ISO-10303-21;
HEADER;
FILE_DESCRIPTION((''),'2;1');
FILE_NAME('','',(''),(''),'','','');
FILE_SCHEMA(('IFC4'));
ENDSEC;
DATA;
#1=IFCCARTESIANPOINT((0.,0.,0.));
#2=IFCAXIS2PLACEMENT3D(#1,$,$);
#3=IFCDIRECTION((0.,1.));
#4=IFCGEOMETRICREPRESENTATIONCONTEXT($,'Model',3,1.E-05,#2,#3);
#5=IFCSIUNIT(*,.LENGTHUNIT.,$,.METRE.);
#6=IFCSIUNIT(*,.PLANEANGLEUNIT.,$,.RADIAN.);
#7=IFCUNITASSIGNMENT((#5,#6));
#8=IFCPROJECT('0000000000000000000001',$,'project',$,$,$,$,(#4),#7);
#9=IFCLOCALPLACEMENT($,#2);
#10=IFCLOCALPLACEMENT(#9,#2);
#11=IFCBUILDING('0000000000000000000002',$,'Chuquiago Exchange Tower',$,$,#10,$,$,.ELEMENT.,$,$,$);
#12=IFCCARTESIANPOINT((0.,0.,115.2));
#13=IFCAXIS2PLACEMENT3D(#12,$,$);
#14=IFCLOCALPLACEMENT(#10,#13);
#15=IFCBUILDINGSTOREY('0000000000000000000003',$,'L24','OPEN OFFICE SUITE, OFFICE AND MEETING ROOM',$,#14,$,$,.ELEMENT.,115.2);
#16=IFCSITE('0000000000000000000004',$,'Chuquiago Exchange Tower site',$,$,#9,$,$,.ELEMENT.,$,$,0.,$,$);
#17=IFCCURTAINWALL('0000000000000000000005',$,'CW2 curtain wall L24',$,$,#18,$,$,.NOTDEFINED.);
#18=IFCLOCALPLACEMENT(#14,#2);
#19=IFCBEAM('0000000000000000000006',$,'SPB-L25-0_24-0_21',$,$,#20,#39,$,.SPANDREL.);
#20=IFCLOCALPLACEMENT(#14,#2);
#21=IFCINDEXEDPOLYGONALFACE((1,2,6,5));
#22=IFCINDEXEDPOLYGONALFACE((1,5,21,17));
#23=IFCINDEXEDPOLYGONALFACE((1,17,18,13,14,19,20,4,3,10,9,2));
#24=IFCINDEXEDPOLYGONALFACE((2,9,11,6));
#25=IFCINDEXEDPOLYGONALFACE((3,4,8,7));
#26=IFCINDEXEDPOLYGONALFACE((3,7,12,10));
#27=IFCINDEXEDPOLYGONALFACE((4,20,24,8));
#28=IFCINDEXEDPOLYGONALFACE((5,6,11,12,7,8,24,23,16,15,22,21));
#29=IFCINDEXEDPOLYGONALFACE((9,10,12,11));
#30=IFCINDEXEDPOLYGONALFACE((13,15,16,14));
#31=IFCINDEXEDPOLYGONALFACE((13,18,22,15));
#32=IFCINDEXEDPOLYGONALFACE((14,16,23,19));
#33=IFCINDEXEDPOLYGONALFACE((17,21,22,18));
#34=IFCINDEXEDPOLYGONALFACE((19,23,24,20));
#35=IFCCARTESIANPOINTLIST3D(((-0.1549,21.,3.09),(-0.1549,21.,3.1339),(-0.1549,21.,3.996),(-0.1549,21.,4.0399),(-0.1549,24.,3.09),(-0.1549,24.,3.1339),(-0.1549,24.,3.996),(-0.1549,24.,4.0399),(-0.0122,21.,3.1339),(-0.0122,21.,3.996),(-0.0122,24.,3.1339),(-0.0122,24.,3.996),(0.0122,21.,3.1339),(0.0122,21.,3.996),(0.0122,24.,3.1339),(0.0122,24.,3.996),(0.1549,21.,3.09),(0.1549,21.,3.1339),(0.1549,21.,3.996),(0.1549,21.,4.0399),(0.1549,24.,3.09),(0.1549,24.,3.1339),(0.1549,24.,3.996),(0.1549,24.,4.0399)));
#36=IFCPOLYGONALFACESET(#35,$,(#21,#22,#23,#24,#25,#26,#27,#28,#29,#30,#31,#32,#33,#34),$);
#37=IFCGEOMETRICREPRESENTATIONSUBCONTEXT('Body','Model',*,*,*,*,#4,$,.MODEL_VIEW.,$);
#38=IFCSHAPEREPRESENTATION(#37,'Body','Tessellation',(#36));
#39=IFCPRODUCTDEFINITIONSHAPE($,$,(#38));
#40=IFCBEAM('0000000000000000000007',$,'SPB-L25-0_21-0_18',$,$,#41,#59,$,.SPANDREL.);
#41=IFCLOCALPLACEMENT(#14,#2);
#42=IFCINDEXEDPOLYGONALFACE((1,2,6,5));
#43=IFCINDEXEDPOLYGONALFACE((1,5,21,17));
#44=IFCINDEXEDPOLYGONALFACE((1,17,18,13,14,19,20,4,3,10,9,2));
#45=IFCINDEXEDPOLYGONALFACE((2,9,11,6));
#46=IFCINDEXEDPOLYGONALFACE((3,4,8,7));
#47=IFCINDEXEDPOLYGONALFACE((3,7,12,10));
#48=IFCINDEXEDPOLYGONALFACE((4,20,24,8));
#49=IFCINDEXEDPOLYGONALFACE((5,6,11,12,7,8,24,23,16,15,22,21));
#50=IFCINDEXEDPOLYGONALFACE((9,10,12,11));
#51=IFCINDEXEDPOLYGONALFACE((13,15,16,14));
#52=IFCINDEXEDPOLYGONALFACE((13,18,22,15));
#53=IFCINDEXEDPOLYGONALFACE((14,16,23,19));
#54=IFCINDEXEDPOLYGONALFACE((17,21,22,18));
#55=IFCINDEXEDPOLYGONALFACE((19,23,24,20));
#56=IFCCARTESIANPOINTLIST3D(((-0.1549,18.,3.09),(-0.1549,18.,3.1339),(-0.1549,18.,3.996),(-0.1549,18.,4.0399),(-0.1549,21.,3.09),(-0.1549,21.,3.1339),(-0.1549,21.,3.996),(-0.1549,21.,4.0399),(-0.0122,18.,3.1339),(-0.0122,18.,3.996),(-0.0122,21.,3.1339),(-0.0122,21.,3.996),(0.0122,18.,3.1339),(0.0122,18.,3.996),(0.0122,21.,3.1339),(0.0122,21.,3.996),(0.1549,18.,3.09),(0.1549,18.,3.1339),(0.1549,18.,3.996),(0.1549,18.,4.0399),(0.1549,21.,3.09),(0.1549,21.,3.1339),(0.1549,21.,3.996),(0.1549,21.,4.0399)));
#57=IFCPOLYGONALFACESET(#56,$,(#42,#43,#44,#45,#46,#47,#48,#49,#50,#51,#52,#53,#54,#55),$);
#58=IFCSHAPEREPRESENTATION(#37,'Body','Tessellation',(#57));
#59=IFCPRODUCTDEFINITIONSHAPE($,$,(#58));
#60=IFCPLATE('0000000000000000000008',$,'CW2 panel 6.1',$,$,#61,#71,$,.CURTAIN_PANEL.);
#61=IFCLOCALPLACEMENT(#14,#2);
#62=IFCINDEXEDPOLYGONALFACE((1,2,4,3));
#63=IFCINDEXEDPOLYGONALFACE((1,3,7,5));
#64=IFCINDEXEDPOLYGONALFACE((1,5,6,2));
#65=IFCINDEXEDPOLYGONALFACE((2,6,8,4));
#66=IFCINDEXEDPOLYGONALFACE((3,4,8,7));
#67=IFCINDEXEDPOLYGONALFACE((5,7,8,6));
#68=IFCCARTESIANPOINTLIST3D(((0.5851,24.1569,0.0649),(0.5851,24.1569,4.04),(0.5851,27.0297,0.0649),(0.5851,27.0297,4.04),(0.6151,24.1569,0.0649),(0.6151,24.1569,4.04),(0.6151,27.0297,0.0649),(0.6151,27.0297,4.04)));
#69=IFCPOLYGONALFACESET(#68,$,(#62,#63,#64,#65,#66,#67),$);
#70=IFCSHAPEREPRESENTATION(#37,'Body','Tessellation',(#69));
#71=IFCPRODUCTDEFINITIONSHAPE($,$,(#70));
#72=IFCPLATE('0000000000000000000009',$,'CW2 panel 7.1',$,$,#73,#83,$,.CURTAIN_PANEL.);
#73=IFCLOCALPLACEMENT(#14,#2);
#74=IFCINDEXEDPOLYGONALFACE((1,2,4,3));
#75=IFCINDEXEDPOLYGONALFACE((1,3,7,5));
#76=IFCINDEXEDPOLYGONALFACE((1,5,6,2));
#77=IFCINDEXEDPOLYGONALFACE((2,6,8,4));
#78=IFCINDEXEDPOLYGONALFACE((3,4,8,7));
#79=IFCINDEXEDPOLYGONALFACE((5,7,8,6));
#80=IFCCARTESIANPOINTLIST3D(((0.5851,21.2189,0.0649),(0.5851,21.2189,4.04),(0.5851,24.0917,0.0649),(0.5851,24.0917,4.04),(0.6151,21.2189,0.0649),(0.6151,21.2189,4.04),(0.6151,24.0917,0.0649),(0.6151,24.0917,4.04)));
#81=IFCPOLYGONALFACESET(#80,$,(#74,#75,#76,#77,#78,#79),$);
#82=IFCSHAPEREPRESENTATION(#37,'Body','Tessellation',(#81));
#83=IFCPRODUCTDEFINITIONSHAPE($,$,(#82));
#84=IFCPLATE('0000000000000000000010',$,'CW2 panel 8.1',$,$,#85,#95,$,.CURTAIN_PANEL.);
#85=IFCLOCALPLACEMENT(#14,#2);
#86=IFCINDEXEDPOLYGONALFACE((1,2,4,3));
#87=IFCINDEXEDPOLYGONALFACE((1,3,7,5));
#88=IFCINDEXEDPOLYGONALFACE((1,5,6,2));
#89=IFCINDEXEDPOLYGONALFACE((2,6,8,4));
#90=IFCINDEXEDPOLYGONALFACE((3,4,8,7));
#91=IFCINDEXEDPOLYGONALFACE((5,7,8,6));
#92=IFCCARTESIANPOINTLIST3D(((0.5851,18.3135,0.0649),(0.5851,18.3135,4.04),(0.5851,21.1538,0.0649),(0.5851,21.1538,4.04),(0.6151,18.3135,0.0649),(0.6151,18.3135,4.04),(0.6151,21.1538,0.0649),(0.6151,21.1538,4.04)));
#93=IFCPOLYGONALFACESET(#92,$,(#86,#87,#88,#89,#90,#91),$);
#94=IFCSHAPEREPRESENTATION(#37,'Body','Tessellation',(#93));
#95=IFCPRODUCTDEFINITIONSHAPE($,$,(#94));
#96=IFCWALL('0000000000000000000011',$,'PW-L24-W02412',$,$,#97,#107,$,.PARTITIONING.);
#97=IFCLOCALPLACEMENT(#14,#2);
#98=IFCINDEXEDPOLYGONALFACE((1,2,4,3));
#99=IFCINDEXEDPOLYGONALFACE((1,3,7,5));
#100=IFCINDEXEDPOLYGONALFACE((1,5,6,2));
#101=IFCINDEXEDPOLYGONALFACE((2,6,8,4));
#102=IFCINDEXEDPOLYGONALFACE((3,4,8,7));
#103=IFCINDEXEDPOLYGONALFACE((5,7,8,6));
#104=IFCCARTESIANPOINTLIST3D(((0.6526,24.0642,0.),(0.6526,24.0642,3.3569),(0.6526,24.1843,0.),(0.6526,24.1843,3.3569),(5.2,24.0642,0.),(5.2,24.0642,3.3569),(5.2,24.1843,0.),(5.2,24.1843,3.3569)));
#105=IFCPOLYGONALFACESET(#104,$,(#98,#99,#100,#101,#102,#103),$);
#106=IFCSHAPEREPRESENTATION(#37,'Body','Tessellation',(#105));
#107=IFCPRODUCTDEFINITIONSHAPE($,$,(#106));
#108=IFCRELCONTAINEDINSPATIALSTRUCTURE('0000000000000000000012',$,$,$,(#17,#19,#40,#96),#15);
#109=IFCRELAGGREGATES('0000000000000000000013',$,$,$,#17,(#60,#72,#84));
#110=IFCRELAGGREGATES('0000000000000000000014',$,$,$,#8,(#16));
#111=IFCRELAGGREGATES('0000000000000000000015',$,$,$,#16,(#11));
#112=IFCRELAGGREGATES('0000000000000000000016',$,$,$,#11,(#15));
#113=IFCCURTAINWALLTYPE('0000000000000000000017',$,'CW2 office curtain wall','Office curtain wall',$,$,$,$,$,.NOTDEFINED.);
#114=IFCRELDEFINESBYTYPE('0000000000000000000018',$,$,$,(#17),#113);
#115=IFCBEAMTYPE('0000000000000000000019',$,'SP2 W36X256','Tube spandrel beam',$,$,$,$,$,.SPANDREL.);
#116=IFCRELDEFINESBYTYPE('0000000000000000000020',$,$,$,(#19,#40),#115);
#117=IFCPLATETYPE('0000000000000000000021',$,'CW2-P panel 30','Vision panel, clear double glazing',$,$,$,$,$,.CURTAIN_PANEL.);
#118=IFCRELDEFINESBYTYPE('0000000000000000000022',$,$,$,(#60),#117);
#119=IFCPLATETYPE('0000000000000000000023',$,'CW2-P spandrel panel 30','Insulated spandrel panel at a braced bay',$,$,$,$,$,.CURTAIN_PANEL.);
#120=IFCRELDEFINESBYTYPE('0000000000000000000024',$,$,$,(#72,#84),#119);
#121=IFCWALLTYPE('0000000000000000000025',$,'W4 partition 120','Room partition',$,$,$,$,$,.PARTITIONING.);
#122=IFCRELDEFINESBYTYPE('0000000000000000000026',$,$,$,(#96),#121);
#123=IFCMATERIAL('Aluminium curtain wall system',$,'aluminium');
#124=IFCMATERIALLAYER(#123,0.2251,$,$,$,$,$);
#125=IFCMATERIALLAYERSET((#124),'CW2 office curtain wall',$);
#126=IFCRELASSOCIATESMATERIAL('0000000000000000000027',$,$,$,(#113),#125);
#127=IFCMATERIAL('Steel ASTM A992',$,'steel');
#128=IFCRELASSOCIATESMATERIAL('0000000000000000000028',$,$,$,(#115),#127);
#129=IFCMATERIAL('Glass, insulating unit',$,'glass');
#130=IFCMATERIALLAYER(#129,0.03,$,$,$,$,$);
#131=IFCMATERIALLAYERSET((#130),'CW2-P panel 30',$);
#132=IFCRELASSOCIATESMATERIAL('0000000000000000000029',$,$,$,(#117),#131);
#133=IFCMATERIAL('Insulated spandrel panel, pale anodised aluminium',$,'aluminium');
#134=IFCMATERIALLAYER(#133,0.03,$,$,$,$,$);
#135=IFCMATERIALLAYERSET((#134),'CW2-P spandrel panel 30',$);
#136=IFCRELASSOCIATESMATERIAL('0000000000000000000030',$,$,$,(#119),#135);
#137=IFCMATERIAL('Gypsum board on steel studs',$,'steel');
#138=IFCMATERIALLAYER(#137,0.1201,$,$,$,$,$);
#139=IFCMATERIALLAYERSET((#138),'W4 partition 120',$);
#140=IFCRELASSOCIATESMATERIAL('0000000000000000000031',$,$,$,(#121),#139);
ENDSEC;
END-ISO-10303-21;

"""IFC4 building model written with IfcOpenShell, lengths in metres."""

from ifc_helpers import new_model, si_unit, direction, frame, frame_2d, origin, origin_2d, place, context, subcontext, project, spatial, rectangle, i_section, extrude, material, layer, layer_set, material_profile, profile_set, type_object, element, aggregate, save


model = new_model("IFC4")

# Units and contexts
model_context = context("Model", 3, precision=1e-05, world=origin(), true_north=direction((0.0, 1.0)))
body_context = subcontext(model_context, "Body", "Model", "MODEL_VIEW")
ifc_project = project(units=[si_unit("LENGTHUNIT", "METRE"), si_unit("PLANEANGLEUNIT", "RADIAN")], contexts=[model_context])

# Site, building, storey
site_placement = place(None, origin())
site = spatial("IfcSite", under=ifc_project, at=site_placement, Name="Chuquiago Exchange Tower site", CompositionType="ELEMENT", RefElevation=0.0)
building_placement = place(site_placement, origin())
building = spatial("IfcBuilding", under=site, at=building_placement, Name="Chuquiago Exchange Tower", CompositionType="ELEMENT")
storey_placement = place(building_placement, frame((0.0, 0.0, 115.2)))
storey = spatial("IfcBuildingStorey", under=building, at=storey_placement, Name="L24", Description="OPEN OFFICE SUITE, OFFICE AND MEETING ROOM", CompositionType="ELEMENT", Elevation=115.2)

# Curtain wall
ifc_material_1 = material(Name="Aluminium curtain wall system", Category="aluminium")
ifc_layer_1 = layer(ifc_material_1, 0.2251)
ifc_layer_set_1 = layer_set([ifc_layer_1], Name="CW2 office curtain wall")
curtain_wall_type = type_object("IfcCurtainWallType", Name="CW2 office curtain wall", Description="Office curtain wall", PredefinedType="NOTDEFINED", material=ifc_layer_set_1)
curtain_wall_placement = place(storey_placement, origin())
curtain_wall = element("IfcCurtainWall", 1, at=curtain_wall_placement, inside=storey, type_object=curtain_wall_type, Name="CW2 curtain wall L24", PredefinedType="NOTDEFINED")

# Beams
ifc_material_2 = material(Name="Steel ASTM A992", Category="steel")
ifc_material_profile_1 = material_profile(ifc_material_2, i_section(OverallWidth=0.3098, OverallDepth=0.95, WebThickness=0.0244, FlangeThickness=0.0439, at=origin_2d()), Name="W36X256")
ifc_profile_set_1 = profile_set([ifc_material_profile_1], Name="Steel ASTM A992")
beam_type = type_object("IfcBeamType", Name="SP2 W36X256", Description="Tube spandrel beam", PredefinedType="SPANDREL", material=ifc_profile_set_1)
for number, where, z_axis, x_axis, name in (
    (2, (0.0, 24.0, 3.5649), (0.0, -1.0, 0.0), (1.0, 0.0, 0.0), "SPB-L25-0_24-0_21"),
    (3, (0.0, 21.0, 3.5649), (0.0, -1.0, 0.0), (1.0, 0.0, 0.0), "SPB-L25-0_21-0_18"),
):
    element("IfcBeam", number, at=place(storey_placement, frame(where, z_axis=z_axis, x_axis=x_axis)), inside=storey, type_object=beam_type, Name=name, PredefinedType="SPANDREL", context=body_context, shape_type="SweptSolid", body=[
        extrude(i_section(OverallWidth=0.3098, OverallDepth=0.95, WebThickness=0.0244, FlangeThickness=0.0439, at=origin_2d()), origin(), (0.0, 0.0, 1.0), 3.0),
    ])

# Plates
ifc_material_3 = material(Name="Glass, insulating unit", Category="glass")
ifc_layer_2 = layer(ifc_material_3, 0.03)
ifc_layer_set_2 = layer_set([ifc_layer_2], Name="CW2-P panel 30")
plate_type_1 = type_object("IfcPlateType", Name="CW2-P panel 30", Description="Vision panel, clear double glazing", PredefinedType="CURTAIN_PANEL", material=ifc_layer_set_2)
plate_1_placement = place(storey_placement, frame((0.6001, 25.5933, 0.0649), z_axis=(0.0, 0.0, 1.0), x_axis=(0.0, -1.0, 0.0)))
plate_1 = element("IfcPlate", 4, at=plate_1_placement, type_object=plate_type_1, Name="CW2 panel 6.1", PredefinedType="CURTAIN_PANEL", context=body_context, shape_type="SweptSolid", body=[
    extrude(rectangle(XDim=2.8728, YDim=0.03, at=origin_2d()), origin(), (0.0, 0.0, 1.0), 3.9751),
])
ifc_material_4 = material(Name="Insulated spandrel panel, pale anodised aluminium", Category="aluminium")
ifc_layer_3 = layer(ifc_material_4, 0.03)
ifc_layer_set_3 = layer_set([ifc_layer_3], Name="CW2-P spandrel panel 30")
plate_type_2 = type_object("IfcPlateType", Name="CW2-P spandrel panel 30", Description="Insulated spandrel panel at a braced bay", PredefinedType="CURTAIN_PANEL", material=ifc_layer_set_3)
plate_2_placement = place(storey_placement, frame((0.6001, 22.6553, 0.0649), z_axis=(0.0, 0.0, 1.0), x_axis=(0.0, -1.0, 0.0)))
plate_2 = element("IfcPlate", 5, at=plate_2_placement, type_object=plate_type_2, Name="CW2 panel 7.1", PredefinedType="CURTAIN_PANEL", context=body_context, shape_type="SweptSolid", body=[
    extrude(rectangle(XDim=2.8728, YDim=0.03, at=origin_2d()), origin(), (0.0, 0.0, 1.0), 3.9751),
])
plate_3_placement = place(storey_placement, frame((0.6001, 19.7336, 0.0649), z_axis=(0.0, 0.0, 1.0), x_axis=(0.0, -1.0, 0.0)))
plate_3 = element("IfcPlate", 6, at=plate_3_placement, type_object=plate_type_2, Name="CW2 panel 8.1", PredefinedType="CURTAIN_PANEL", context=body_context, shape_type="SweptSolid", body=[
    extrude(rectangle(XDim=2.8403, YDim=0.03, at=origin_2d()), origin(), (0.0, 0.0, 1.0), 3.9751),
])
aggregate(curtain_wall, [plate_1, plate_2, plate_3])

# Wall
ifc_material_5 = material(Name="Gypsum board on steel studs", Category="steel")
ifc_layer_4 = layer(ifc_material_5, 0.1201)
ifc_layer_set_4 = layer_set([ifc_layer_4], Name="W4 partition 120")
wall_type = type_object("IfcWallType", Name="W4 partition 120", Description="Room partition", PredefinedType="PARTITIONING", material=ifc_layer_set_4)
wall_1_placement = place(storey_placement, frame((0.6526, 24.1243, 0.0), z_axis=(0.0, 0.0, 1.0), x_axis=(1.0, 0.0, 0.0)))
element("IfcWall", 7, at=wall_1_placement, inside=storey, type_object=wall_type, Name="PW-L24-W02412", PredefinedType="PARTITIONING", context=body_context, shape_type="SweptSolid", body=[
    extrude(rectangle(XDim=4.5474, YDim=0.1201, at=frame_2d((2.2737, 0.0))), origin(), (0.0, 0.0, 1.0), 3.3569),
])

save(model, "model.ifc")
